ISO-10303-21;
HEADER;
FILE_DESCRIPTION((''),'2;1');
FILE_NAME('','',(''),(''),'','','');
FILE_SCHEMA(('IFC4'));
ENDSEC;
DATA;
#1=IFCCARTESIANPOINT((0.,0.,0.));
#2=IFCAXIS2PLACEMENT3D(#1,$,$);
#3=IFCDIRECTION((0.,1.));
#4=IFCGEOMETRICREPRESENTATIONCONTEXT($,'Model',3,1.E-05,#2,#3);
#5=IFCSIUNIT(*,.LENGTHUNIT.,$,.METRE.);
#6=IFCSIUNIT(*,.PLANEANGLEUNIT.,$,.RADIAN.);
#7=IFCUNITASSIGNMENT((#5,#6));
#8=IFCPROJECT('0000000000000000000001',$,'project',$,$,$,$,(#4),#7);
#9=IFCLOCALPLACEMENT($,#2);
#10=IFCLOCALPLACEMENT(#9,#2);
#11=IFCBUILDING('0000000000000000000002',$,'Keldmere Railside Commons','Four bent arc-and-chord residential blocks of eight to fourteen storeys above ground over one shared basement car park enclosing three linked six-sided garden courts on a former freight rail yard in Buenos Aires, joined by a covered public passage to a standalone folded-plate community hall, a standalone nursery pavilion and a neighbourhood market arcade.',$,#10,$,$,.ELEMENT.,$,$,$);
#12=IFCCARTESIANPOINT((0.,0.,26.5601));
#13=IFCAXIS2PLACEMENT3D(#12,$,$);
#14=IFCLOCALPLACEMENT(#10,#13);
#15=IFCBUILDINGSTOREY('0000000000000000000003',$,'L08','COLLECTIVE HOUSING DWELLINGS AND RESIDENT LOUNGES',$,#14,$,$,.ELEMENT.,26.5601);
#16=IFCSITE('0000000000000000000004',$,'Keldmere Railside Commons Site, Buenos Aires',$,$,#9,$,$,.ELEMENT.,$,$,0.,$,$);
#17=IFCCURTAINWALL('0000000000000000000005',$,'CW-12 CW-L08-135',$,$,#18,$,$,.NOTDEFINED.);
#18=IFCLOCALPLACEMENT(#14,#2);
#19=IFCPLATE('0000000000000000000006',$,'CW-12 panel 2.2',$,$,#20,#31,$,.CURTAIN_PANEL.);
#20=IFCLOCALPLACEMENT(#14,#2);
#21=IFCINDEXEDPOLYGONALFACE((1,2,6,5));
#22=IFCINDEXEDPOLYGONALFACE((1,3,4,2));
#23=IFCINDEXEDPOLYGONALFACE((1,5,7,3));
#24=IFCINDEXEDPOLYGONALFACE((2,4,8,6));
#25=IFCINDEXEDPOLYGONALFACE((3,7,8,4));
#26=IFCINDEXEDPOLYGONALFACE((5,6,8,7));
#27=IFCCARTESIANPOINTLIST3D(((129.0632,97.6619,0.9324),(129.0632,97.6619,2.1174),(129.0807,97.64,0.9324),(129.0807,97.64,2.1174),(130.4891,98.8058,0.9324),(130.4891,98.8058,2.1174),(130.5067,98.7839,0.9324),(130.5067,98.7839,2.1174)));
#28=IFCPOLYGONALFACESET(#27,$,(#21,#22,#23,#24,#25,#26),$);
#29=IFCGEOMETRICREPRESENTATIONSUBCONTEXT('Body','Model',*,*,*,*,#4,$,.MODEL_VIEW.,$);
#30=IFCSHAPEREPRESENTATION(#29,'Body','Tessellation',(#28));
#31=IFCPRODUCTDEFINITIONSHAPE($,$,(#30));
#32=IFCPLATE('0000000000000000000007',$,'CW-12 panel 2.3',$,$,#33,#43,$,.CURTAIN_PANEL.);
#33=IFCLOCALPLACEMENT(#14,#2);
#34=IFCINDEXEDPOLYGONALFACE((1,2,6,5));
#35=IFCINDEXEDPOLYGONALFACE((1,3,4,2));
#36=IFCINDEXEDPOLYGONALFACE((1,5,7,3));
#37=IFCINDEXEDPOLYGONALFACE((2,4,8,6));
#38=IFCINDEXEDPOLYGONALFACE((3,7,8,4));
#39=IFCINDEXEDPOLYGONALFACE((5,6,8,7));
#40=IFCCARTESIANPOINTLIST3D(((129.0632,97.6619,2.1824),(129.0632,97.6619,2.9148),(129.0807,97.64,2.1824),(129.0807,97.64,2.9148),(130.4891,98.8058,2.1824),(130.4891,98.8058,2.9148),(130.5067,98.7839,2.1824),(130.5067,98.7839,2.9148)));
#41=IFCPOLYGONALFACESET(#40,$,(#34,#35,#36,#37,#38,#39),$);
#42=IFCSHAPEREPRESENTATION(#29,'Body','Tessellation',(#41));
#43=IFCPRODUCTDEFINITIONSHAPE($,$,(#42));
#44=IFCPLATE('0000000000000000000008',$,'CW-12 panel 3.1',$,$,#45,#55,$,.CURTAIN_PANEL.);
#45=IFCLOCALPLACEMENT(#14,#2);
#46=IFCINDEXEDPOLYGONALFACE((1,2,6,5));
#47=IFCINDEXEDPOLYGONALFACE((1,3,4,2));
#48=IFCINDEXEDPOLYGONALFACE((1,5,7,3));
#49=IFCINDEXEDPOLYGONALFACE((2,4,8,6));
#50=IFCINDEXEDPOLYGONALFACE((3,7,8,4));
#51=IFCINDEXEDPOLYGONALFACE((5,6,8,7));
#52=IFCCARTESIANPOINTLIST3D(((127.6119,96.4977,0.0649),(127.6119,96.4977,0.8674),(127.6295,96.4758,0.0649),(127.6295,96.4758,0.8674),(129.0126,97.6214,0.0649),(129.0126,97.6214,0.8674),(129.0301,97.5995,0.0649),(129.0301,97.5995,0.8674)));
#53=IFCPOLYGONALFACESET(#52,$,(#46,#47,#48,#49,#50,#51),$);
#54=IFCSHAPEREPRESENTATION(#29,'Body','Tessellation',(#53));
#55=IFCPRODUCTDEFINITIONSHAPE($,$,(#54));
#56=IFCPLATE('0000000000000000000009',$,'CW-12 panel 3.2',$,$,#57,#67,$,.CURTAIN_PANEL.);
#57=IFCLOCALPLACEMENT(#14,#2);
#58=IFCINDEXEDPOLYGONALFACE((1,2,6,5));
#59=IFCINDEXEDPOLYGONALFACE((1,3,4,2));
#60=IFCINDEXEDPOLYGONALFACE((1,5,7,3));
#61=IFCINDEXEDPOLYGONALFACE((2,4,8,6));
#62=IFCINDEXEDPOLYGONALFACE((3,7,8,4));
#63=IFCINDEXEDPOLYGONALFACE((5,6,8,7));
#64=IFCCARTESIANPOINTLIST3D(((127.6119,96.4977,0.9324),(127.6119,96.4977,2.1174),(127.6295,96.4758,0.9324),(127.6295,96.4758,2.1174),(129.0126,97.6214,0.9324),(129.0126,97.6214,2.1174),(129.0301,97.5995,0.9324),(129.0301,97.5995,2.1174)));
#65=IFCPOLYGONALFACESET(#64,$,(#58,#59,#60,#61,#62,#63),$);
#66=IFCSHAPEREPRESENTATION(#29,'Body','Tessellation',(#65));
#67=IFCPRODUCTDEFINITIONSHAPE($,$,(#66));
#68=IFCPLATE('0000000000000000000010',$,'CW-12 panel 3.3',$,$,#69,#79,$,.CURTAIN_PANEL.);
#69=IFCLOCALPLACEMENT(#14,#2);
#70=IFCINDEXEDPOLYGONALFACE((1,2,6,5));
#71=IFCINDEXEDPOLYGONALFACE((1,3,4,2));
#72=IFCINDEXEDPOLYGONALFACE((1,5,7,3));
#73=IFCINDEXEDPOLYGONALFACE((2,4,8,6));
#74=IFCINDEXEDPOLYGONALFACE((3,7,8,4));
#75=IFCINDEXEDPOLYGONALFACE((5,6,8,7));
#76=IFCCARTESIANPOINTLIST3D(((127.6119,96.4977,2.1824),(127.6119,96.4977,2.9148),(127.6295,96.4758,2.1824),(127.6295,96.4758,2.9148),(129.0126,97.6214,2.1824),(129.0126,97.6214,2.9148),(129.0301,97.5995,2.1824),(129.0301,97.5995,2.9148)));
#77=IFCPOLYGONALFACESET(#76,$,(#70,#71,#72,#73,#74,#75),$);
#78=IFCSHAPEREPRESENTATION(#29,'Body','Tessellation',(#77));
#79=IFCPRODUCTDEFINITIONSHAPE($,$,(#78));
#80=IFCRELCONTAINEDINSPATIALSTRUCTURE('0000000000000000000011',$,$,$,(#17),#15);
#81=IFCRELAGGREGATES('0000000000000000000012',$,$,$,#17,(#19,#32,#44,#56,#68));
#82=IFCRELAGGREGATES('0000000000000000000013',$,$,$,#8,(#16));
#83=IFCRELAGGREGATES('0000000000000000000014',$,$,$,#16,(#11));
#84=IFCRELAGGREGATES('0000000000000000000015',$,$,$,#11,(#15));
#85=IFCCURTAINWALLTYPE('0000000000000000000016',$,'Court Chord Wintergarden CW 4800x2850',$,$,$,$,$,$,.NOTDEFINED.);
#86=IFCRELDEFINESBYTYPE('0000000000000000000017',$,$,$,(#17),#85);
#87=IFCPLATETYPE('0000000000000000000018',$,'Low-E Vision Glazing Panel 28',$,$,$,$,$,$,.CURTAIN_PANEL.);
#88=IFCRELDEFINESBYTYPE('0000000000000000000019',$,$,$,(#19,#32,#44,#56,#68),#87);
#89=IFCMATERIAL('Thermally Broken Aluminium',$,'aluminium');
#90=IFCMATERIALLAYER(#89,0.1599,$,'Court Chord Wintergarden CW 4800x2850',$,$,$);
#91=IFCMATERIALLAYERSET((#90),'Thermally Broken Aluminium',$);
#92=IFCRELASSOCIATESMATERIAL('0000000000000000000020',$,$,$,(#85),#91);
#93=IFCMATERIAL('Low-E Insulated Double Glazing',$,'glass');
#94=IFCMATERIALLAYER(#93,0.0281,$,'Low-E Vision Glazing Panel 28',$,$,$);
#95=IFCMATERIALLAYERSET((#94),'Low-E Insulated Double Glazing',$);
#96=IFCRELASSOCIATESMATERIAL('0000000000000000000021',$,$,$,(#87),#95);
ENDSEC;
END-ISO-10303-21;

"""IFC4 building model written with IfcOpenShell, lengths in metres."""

from ifc_helpers import new_model, si_unit, direction, frame, origin, origin_2d, place, context, subcontext, project, spatial, rectangle, extrude, material, layer, layer_set, type_object, element, aggregate, save


model = new_model("IFC4")

# Units and contexts
model_context = context("Model", 3, precision=1e-05, world=origin(), true_north=direction((0.0, 1.0)))
body_context = subcontext(model_context, "Body", "Model", "MODEL_VIEW")
ifc_project = project(units=[si_unit("LENGTHUNIT", "METRE"), si_unit("PLANEANGLEUNIT", "RADIAN")], contexts=[model_context])

# Site, building, storey
site_placement = place(None, origin())
site = spatial("IfcSite", under=ifc_project, at=site_placement, Name="Keldmere Railside Commons Site, Buenos Aires", CompositionType="ELEMENT", RefElevation=0.0)
building_placement = place(site_placement, origin())
building = spatial("IfcBuilding", under=site, at=building_placement, Name="Keldmere Railside Commons", Description="Four bent arc-and-chord residential blocks of eight to fourteen storeys above ground over one shared basement car park enclosing three linked six-sided garden courts on a former freight rail yard in Buenos Aires, joined by a covered public passage to a standalone folded-plate community hall, a standalone nursery pavilion and a neighbourhood market arcade.", CompositionType="ELEMENT")
storey_placement = place(building_placement, frame((0.0, 0.0, 26.5601)))
storey = spatial("IfcBuildingStorey", under=building, at=storey_placement, Name="L08", Description="COLLECTIVE HOUSING DWELLINGS AND RESIDENT LOUNGES", CompositionType="ELEMENT", Elevation=26.5601)

# Curtain wall
ifc_material_1 = material(Name="Thermally Broken Aluminium", Category="aluminium")
ifc_layer_1 = layer(ifc_material_1, 0.1599, Name="Court Chord Wintergarden CW 4800x2850")
ifc_layer_set_1 = layer_set([ifc_layer_1], Name="Thermally Broken Aluminium")
curtain_wall_type_1 = type_object("IfcCurtainWallType", Name="Court Chord Wintergarden CW 4800x2850", PredefinedType="NOTDEFINED", material=ifc_layer_set_1)
curtain_wall_1_placement = place(storey_placement, origin())
curtain_wall_1 = element("IfcCurtainWall", 1, at=curtain_wall_1_placement, inside=storey, type_object=curtain_wall_type_1, Name="CW-12 CW-L08-135", PredefinedType="NOTDEFINED")

# Plates
ifc_material_2 = material(Name="Low-E Insulated Double Glazing", Category="glass")
ifc_layer_2 = layer(ifc_material_2, 0.0281, Name="Low-E Vision Glazing Panel 28")
ifc_layer_set_2 = layer_set([ifc_layer_2], Name="Low-E Insulated Double Glazing")
plate_type_1 = type_object("IfcPlateType", Name="Low-E Vision Glazing Panel 28", PredefinedType="CURTAIN_PANEL", material=ifc_layer_set_2)
plate_1_placement = place(storey_placement, frame((129.7849, 98.2229, 0.9324), z_axis=(0.0, 0.0, 1.0), x_axis=(-0.780009, -0.625768, 0.0)))
plate_1 = element("IfcPlate", 2, at=plate_1_placement, type_object=plate_type_1, Name="CW-12 panel 2.2", PredefinedType="CURTAIN_PANEL", context=body_context, shape_type="SweptSolid", body=[
    extrude(rectangle(XDim=1.8281, YDim=0.0281, at=origin_2d()), origin(), (0.0, 0.0, 1.0), 1.1851),
])
plate_2_placement = place(storey_placement, frame((129.7849, 98.2229, 2.1824), z_axis=(0.0, 0.0, 1.0), x_axis=(-0.780009, -0.625768, 0.0)))
plate_2 = element("IfcPlate", 3, at=plate_2_placement, type_object=plate_type_1, Name="CW-12 panel 2.3", PredefinedType="CURTAIN_PANEL", context=body_context, shape_type="SweptSolid", body=[
    extrude(rectangle(XDim=1.8281, YDim=0.0281, at=origin_2d()), origin(), (0.0, 0.0, 1.0), 0.7324),
])
plate_3_placement = place(storey_placement, frame((128.321, 97.0486, 0.0649), z_axis=(0.0, 0.0, 1.0), x_axis=(-0.780009, -0.625768, 0.0)))
plate_3 = element("IfcPlate", 4, at=plate_3_placement, type_object=plate_type_1, Name="CW-12 panel 3.1", PredefinedType="CURTAIN_PANEL", context=body_context, shape_type="SweptSolid", body=[
    extrude(rectangle(XDim=1.7957, YDim=0.0281, at=origin_2d()), origin(), (0.0, 0.0, 1.0), 0.8025),
])
plate_4_placement = place(storey_placement, frame((128.321, 97.0486, 0.9324), z_axis=(0.0, 0.0, 1.0), x_axis=(-0.780009, -0.625768, 0.0)))
plate_4 = element("IfcPlate", 5, at=plate_4_placement, type_object=plate_type_1, Name="CW-12 panel 3.2", PredefinedType="CURTAIN_PANEL", context=body_context, shape_type="SweptSolid", body=[
    extrude(rectangle(XDim=1.7957, YDim=0.0281, at=origin_2d()), origin(), (0.0, 0.0, 1.0), 1.1851),
])
plate_5_placement = place(storey_placement, frame((128.321, 97.0486, 2.1824), z_axis=(0.0, 0.0, 1.0), x_axis=(-0.780009, -0.625768, 0.0)))
plate_5 = element("IfcPlate", 6, at=plate_5_placement, type_object=plate_type_1, Name="CW-12 panel 3.3", PredefinedType="CURTAIN_PANEL", context=body_context, shape_type="SweptSolid", body=[
    extrude(rectangle(XDim=1.7957, YDim=0.0281, at=origin_2d()), origin(), (0.0, 0.0, 1.0), 0.7324),
])
aggregate(curtain_wall_1, [plate_1, plate_2, plate_3, plate_4, plate_5])

save(model, "model.ifc")
